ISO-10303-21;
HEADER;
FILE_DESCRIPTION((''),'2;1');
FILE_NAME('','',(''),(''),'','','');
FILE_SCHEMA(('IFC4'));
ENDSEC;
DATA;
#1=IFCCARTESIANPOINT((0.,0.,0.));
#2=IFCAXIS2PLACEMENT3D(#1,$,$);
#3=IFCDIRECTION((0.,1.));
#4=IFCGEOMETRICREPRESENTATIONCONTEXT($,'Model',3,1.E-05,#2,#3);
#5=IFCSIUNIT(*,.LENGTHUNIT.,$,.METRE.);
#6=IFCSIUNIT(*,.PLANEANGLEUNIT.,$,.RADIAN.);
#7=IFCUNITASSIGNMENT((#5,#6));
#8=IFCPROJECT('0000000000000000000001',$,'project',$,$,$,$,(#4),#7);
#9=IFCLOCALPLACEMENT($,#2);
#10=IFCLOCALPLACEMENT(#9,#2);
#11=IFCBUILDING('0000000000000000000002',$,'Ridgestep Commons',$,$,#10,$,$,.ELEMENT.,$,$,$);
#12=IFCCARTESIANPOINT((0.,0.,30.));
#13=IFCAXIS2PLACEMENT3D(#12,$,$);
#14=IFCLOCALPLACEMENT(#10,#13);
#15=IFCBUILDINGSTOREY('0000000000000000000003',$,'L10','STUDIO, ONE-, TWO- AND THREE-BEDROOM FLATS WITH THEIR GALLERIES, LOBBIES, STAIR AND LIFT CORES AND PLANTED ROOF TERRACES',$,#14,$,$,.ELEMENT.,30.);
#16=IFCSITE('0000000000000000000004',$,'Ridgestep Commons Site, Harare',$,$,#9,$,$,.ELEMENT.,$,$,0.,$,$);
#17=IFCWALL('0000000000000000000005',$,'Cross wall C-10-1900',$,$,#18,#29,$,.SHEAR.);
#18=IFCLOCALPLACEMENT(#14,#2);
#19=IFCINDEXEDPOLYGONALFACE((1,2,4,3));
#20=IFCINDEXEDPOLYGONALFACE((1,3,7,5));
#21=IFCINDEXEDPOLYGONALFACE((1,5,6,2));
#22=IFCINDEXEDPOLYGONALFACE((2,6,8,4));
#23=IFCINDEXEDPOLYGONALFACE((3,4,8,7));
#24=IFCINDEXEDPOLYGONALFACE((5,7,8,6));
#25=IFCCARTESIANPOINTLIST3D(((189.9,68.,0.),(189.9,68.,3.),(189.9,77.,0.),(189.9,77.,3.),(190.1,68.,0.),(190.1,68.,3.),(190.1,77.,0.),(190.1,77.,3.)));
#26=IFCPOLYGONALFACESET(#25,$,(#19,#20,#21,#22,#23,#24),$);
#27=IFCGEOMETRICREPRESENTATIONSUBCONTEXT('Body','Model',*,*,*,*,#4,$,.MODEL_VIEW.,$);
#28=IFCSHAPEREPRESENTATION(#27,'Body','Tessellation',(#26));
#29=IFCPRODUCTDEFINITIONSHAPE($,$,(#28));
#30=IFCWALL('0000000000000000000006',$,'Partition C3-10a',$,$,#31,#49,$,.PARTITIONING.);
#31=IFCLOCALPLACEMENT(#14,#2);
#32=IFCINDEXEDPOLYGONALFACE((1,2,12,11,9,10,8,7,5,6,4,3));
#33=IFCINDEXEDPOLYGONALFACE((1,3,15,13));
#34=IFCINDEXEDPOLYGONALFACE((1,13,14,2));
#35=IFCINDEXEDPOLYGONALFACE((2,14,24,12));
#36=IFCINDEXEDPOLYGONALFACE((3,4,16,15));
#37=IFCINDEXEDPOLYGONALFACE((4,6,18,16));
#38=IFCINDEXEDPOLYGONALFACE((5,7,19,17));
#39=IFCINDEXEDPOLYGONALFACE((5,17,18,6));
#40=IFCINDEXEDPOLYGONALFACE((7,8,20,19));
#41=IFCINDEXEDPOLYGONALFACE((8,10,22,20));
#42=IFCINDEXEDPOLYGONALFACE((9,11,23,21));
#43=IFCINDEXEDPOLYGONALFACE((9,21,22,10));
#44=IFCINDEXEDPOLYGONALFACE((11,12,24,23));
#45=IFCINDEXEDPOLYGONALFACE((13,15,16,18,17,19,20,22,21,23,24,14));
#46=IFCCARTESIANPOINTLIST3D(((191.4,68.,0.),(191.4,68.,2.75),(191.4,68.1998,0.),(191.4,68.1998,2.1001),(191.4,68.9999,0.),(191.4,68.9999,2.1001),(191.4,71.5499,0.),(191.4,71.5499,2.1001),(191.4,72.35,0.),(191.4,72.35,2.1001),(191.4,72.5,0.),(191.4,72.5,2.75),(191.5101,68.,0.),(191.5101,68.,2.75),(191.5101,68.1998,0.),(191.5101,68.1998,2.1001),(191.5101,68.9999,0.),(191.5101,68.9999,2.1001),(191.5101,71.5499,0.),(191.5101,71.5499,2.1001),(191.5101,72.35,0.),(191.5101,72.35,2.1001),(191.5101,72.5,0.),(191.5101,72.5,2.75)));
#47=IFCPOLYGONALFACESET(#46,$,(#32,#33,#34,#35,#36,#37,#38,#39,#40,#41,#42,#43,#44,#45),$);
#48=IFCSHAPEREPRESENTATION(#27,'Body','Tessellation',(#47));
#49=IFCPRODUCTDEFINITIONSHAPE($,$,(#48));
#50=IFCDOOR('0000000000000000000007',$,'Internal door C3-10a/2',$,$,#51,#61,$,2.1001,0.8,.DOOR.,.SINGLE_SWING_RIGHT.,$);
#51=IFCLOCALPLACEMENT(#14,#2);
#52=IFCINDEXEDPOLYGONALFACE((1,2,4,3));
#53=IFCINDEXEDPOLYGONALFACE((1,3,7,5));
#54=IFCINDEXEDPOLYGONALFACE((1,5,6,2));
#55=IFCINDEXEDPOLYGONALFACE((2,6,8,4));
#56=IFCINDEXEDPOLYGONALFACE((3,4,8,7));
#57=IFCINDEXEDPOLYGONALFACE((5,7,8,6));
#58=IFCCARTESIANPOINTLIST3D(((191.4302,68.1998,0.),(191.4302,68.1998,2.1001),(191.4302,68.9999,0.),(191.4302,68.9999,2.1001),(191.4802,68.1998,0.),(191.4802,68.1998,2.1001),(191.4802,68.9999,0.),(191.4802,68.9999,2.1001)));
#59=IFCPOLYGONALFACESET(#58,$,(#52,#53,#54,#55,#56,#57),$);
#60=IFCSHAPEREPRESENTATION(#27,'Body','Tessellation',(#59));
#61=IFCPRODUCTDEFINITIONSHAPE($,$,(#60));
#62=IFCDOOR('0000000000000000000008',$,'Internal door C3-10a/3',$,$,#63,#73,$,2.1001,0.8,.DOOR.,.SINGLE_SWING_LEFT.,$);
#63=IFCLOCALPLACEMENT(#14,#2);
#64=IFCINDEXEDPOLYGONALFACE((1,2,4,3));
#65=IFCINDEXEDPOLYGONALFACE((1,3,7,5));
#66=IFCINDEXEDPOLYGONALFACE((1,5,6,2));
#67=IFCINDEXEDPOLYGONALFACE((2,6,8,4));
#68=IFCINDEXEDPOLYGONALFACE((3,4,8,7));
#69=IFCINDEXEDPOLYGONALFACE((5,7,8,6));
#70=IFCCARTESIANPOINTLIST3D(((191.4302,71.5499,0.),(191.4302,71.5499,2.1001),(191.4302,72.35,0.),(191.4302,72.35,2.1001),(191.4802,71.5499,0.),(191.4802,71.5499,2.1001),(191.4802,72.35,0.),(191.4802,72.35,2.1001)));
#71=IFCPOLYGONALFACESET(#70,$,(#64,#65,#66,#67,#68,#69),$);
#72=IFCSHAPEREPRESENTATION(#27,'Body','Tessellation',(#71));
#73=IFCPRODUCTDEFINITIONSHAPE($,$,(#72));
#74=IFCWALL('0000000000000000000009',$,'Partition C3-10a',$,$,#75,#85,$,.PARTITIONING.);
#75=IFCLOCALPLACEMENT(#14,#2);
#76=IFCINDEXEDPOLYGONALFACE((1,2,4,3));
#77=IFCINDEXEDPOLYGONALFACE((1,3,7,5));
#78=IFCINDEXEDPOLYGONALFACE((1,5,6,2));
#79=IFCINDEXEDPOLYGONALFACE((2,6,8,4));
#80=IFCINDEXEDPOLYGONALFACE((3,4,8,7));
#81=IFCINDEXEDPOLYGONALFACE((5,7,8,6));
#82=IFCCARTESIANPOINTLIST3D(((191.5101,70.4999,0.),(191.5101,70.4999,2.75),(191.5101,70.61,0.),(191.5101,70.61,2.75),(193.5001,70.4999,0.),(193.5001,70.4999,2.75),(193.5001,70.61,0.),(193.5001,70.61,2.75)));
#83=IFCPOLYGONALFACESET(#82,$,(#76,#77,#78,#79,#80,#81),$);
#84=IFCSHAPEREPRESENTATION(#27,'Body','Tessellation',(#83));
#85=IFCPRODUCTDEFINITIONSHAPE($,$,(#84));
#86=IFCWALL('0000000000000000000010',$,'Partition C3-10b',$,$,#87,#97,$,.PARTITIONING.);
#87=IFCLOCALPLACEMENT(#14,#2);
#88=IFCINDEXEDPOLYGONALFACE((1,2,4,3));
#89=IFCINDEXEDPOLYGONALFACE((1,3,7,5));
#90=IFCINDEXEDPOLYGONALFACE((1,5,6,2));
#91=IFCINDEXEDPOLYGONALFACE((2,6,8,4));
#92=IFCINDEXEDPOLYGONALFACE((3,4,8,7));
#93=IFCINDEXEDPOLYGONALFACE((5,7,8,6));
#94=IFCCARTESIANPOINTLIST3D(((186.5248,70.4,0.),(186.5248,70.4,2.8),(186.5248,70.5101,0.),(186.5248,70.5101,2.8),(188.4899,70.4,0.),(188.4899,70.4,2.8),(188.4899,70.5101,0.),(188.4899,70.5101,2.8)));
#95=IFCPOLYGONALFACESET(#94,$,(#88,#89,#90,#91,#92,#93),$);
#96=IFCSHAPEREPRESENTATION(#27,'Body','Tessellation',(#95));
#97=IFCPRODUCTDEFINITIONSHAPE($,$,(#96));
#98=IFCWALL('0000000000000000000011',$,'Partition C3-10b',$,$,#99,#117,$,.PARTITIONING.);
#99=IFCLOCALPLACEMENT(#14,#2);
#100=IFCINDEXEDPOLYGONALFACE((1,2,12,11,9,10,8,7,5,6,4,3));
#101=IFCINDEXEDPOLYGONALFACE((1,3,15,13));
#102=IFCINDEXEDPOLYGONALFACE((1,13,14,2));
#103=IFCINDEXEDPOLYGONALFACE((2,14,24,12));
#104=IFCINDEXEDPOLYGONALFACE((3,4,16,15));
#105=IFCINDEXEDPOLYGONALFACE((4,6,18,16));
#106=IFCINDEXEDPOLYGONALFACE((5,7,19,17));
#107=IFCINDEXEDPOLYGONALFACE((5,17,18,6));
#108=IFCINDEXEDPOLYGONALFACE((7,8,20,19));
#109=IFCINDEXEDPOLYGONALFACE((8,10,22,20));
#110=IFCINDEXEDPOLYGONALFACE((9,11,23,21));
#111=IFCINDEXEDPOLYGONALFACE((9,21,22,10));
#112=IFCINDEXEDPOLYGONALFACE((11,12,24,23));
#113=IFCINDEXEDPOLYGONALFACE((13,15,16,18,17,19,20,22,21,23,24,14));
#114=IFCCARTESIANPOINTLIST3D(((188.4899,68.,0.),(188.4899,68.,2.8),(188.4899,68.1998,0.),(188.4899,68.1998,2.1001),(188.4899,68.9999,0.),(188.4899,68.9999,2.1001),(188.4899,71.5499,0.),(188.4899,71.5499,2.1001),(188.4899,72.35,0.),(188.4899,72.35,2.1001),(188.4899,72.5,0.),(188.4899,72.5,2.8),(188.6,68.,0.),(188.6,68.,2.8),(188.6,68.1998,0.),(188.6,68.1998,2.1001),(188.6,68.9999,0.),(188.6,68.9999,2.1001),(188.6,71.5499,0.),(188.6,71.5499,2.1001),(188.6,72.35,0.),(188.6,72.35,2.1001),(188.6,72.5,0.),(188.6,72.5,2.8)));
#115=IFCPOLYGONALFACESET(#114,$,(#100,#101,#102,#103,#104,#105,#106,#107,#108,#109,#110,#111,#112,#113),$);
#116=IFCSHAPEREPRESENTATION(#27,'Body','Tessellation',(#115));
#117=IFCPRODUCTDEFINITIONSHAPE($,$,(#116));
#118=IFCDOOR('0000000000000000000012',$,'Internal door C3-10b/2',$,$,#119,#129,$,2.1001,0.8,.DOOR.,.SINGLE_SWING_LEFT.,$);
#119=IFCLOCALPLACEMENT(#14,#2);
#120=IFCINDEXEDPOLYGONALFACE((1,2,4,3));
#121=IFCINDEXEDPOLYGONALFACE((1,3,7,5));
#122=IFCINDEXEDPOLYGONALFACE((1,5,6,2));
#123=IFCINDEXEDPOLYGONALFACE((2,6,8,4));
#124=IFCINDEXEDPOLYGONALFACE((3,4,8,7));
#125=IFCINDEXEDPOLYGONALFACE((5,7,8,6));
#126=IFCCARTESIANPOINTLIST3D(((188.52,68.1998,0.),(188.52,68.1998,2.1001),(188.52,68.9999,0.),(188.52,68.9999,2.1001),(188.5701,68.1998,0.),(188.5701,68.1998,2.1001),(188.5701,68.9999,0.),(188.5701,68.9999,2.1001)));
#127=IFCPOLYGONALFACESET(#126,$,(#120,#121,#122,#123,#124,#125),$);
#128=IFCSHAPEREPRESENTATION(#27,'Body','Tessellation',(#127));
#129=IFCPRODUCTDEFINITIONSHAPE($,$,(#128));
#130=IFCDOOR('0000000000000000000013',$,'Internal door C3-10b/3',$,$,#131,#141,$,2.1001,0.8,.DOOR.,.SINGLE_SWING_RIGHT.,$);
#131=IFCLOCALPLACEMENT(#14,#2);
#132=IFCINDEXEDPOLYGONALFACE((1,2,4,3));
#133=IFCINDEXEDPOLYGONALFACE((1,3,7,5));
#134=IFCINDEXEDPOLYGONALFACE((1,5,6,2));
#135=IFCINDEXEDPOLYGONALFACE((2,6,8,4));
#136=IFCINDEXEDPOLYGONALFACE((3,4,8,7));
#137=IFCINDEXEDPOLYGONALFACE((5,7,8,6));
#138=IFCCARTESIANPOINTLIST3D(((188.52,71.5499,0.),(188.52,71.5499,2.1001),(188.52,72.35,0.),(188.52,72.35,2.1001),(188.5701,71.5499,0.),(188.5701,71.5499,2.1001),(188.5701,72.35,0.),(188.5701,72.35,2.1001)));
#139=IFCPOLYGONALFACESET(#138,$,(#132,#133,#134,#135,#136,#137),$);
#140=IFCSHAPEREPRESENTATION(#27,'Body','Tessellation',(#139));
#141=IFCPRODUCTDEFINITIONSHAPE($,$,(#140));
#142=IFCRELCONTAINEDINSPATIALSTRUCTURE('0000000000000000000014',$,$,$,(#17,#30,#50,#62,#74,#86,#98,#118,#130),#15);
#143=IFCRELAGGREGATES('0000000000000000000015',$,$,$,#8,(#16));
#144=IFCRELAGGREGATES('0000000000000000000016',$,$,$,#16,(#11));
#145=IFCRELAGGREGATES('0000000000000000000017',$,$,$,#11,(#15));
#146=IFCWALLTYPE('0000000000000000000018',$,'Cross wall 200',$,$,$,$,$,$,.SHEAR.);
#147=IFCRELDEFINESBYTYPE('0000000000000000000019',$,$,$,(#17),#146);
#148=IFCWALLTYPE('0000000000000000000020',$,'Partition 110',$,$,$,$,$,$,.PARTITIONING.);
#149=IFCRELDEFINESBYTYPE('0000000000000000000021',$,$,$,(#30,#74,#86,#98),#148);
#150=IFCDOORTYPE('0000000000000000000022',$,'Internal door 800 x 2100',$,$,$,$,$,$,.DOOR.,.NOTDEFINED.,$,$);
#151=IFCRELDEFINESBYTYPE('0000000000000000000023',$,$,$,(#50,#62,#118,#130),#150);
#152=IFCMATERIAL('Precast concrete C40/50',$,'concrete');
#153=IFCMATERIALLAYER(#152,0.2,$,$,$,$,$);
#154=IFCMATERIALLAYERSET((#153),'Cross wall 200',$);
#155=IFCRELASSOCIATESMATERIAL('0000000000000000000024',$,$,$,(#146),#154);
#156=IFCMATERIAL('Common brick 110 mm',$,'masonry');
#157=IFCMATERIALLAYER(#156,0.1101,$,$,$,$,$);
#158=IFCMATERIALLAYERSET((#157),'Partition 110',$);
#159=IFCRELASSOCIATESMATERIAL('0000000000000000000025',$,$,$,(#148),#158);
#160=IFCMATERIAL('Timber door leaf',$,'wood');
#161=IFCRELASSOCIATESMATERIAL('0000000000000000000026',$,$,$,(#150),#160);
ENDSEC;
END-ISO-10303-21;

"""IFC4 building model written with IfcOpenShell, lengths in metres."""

from ifc_helpers import new_model, si_unit, direction, frame, frame_2d, origin, place, context, subcontext, project, spatial, rectangle, extrude, material, layer, layer_set, type_object, element, fill, save


model = new_model("IFC4")

# Units and contexts
model_context = context("Model", 3, precision=1e-05, world=origin(), true_north=direction((0.0, 1.0)))
body_context = subcontext(model_context, "Body", "Model", "MODEL_VIEW")
ifc_project = project(units=[si_unit("LENGTHUNIT", "METRE"), si_unit("PLANEANGLEUNIT", "RADIAN")], contexts=[model_context])

# Site, building, storey
site_placement = place(None, origin())
site = spatial("IfcSite", under=ifc_project, at=site_placement, Name="Ridgestep Commons Site, Harare", CompositionType="ELEMENT", RefElevation=0.0)
building_placement = place(site_placement, origin())
building = spatial("IfcBuilding", under=site, at=building_placement, Name="Ridgestep Commons", CompositionType="ELEMENT")
storey_placement = place(building_placement, frame((0.0, 0.0, 30.0)))
storey = spatial("IfcBuildingStorey", under=building, at=storey_placement, Name="L10", Description="STUDIO, ONE-, TWO- AND THREE-BEDROOM FLATS WITH THEIR GALLERIES, LOBBIES, STAIR AND LIFT CORES AND PLANTED ROOF TERRACES", CompositionType="ELEMENT", Elevation=30.0)

# Wall
ifc_material_1 = material(Name="Precast concrete C40/50", Category="concrete")
ifc_layer_1 = layer(ifc_material_1, 0.2)
ifc_layer_set_1 = layer_set([ifc_layer_1], Name="Cross wall 200")
wall_type_1 = type_object("IfcWallType", Name="Cross wall 200", PredefinedType="SHEAR", material=ifc_layer_set_1)
wall_1_placement = place(storey_placement, frame((190.0, 68.0, 0.0), z_axis=(0.0, 0.0, 1.0), x_axis=(0.0, 1.0, 0.0)))
element("IfcWall", 1, at=wall_1_placement, inside=storey, type_object=wall_type_1, Name="Cross wall C-10-1900", PredefinedType="SHEAR", context=body_context, shape_type="SweptSolid", body=[
    extrude(rectangle(XDim=9.0, YDim=0.2, at=frame_2d((4.5, 0.0))), origin(), (0.0, 0.0, 1.0), 3.0),
])

# Wall, openings, doors
ifc_material_2 = material(Name="Common brick 110 mm", Category="masonry")
ifc_layer_2 = layer(ifc_material_2, 0.1101)
ifc_layer_set_2 = layer_set([ifc_layer_2], Name="Partition 110")
wall_type_2 = type_object("IfcWallType", Name="Partition 110", PredefinedType="PARTITIONING", material=ifc_layer_set_2)
wall_2_placement = place(storey_placement, frame((191.4551, 68.0, 0.0), z_axis=(0.0, 0.0, 1.0), x_axis=(0.0, 1.0, 0.0)))
wall_2 = element("IfcWall", 2, at=wall_2_placement, inside=storey, type_object=wall_type_2, Name="Partition C3-10a", PredefinedType="PARTITIONING", context=body_context, shape_type="SweptSolid", body=[
    extrude(rectangle(XDim=4.5, YDim=0.1101, at=frame_2d((2.25, 0.0))), origin(), (0.0, 0.0, 1.0), 2.75),
])
opening_1_placement = place(wall_2_placement, frame((0.2, 0.0, 0.0)))
opening_1 = element("IfcOpeningElement", 3, at=opening_1_placement, cuts=wall_2, PredefinedType="OPENING", context=body_context, shape_type="SweptSolid", body=[
    extrude(rectangle(XDim=0.8, YDim=2.1001, at=frame_2d((0.3999, 1.05))), frame((0.0, 0.0649, 0.0), z_axis=(0.0, -1.0, 0.0), x_axis=(1.0, 0.0, 0.0)), (0.0, 0.0, 1.0), 0.1301),
])
opening_2_placement = place(wall_2_placement, frame((3.55, 0.0, 0.0)))
opening_2 = element("IfcOpeningElement", 4, at=opening_2_placement, cuts=wall_2, PredefinedType="OPENING", context=body_context, shape_type="SweptSolid", body=[
    extrude(rectangle(XDim=0.8, YDim=2.1001, at=frame_2d((0.3999, 1.05))), frame((0.0, 0.0649, 0.0), z_axis=(0.0, -1.0, 0.0), x_axis=(1.0, 0.0, 0.0)), (0.0, 0.0, 1.0), 0.1301),
])
ifc_material_3 = material(Name="Timber door leaf", Category="wood")
door_type_1 = type_object("IfcDoorType", Name="Internal door 800 x 2100", OperationType="NOTDEFINED", PredefinedType="DOOR", material=ifc_material_3)
door_1_placement = place(opening_1_placement, origin())
door_1 = element("IfcDoor", 5, at=door_1_placement, inside=storey, type_object=door_type_1, Name="Internal door C3-10a/2", OperationType="SINGLE_SWING_RIGHT", OverallHeight=2.1001, OverallWidth=0.8, PredefinedType="DOOR", context=body_context, shape_type="SweptSolid", body=[
    extrude(rectangle(XDim=0.8, YDim=2.1001, at=frame_2d((0.3999, 1.05))), frame((0.0, 0.0249, 0.0), z_axis=(0.0, -1.0, 0.0), x_axis=(1.0, 0.0, 0.0)), (0.0, 0.0, 1.0), 0.05),
])
fill(opening_1, door_1)
door_2_placement = place(opening_2_placement, origin())
door_2 = element("IfcDoor", 6, at=door_2_placement, inside=storey, type_object=door_type_1, Name="Internal door C3-10a/3", OperationType="SINGLE_SWING_LEFT", OverallHeight=2.1001, OverallWidth=0.8, PredefinedType="DOOR", context=body_context, shape_type="SweptSolid", body=[
    extrude(rectangle(XDim=0.8, YDim=2.1001, at=frame_2d((0.3999, 1.05))), frame((0.0, 0.0249, 0.0), z_axis=(0.0, -1.0, 0.0), x_axis=(1.0, 0.0, 0.0)), (0.0, 0.0, 1.0), 0.05),
])
fill(opening_2, door_2)

# Walls
wall_3_placement = place(storey_placement, frame((191.51, 70.5549, 0.0), z_axis=(0.0, 0.0, 1.0), x_axis=(1.0, 0.0, 0.0)))
element("IfcWall", 7, at=wall_3_placement, inside=storey, type_object=wall_type_2, Name="Partition C3-10a", PredefinedType="PARTITIONING", context=body_context, shape_type="SweptSolid", body=[
    extrude(rectangle(XDim=1.99, YDim=0.1101, at=frame_2d((0.9951, 0.0))), origin(), (0.0, 0.0, 1.0), 2.75),
])
wall_4_placement = place(storey_placement, frame((186.5249, 70.4551, 0.0), z_axis=(0.0, 0.0, 1.0), x_axis=(1.0, 0.0, 0.0)))
element("IfcWall", 8, at=wall_4_placement, inside=storey, type_object=wall_type_2, Name="Partition C3-10b", PredefinedType="PARTITIONING", context=body_context, shape_type="SweptSolid", body=[
    extrude(rectangle(XDim=1.9651, YDim=0.1101, at=frame_2d((0.9824, 0.0))), origin(), (0.0, 0.0, 1.0), 2.8),
])

# Wall, openings, doors
wall_5_placement = place(storey_placement, frame((188.5449, 68.0, 0.0), z_axis=(0.0, 0.0, 1.0), x_axis=(0.0, 1.0, 0.0)))
wall_5 = element("IfcWall", 9, at=wall_5_placement, inside=storey, type_object=wall_type_2, Name="Partition C3-10b", PredefinedType="PARTITIONING", context=body_context, shape_type="SweptSolid", body=[
    extrude(rectangle(XDim=4.5, YDim=0.1101, at=frame_2d((2.25, 0.0))), origin(), (0.0, 0.0, 1.0), 2.8),
])
opening_3_placement = place(wall_5_placement, frame((0.2, 0.0, 0.0)))
opening_3 = element("IfcOpeningElement", 10, at=opening_3_placement, cuts=wall_5, PredefinedType="OPENING", context=body_context, shape_type="SweptSolid", body=[
    extrude(rectangle(XDim=0.8, YDim=2.1001, at=frame_2d((0.3999, 1.05))), frame((0.0, 0.0649, 0.0), z_axis=(0.0, -1.0, 0.0), x_axis=(1.0, 0.0, 0.0)), (0.0, 0.0, 1.0), 0.1301),
])
opening_4_placement = place(wall_5_placement, frame((3.55, 0.0, 0.0)))
opening_4 = element("IfcOpeningElement", 11, at=opening_4_placement, cuts=wall_5, PredefinedType="OPENING", context=body_context, shape_type="SweptSolid", body=[
    extrude(rectangle(XDim=0.8, YDim=2.1001, at=frame_2d((0.3999, 1.05))), frame((0.0, 0.0649, 0.0), z_axis=(0.0, -1.0, 0.0), x_axis=(1.0, 0.0, 0.0)), (0.0, 0.0, 1.0), 0.1301),
])
door_3_placement = place(opening_3_placement, origin())
door_3 = element("IfcDoor", 12, at=door_3_placement, inside=storey, type_object=door_type_1, Name="Internal door C3-10b/2", OperationType="SINGLE_SWING_LEFT", OverallHeight=2.1001, OverallWidth=0.8, PredefinedType="DOOR", context=body_context, shape_type="SweptSolid", body=[
    extrude(rectangle(XDim=0.8, YDim=2.1001, at=frame_2d((0.3999, 1.05))), frame((0.0, 0.0249, 0.0), z_axis=(0.0, -1.0, 0.0), x_axis=(1.0, 0.0, 0.0)), (0.0, 0.0, 1.0), 0.05),
])
fill(opening_3, door_3)
door_4_placement = place(opening_4_placement, origin())
door_4 = element("IfcDoor", 13, at=door_4_placement, inside=storey, type_object=door_type_1, Name="Internal door C3-10b/3", OperationType="SINGLE_SWING_RIGHT", OverallHeight=2.1001, OverallWidth=0.8, PredefinedType="DOOR", context=body_context, shape_type="SweptSolid", body=[
    extrude(rectangle(XDim=0.8, YDim=2.1001, at=frame_2d((0.3999, 1.05))), frame((0.0, 0.0249, 0.0), z_axis=(0.0, -1.0, 0.0), x_axis=(1.0, 0.0, 0.0)), (0.0, 0.0, 1.0), 0.05),
])
fill(opening_4, door_4)

save(model, "model.ifc")
